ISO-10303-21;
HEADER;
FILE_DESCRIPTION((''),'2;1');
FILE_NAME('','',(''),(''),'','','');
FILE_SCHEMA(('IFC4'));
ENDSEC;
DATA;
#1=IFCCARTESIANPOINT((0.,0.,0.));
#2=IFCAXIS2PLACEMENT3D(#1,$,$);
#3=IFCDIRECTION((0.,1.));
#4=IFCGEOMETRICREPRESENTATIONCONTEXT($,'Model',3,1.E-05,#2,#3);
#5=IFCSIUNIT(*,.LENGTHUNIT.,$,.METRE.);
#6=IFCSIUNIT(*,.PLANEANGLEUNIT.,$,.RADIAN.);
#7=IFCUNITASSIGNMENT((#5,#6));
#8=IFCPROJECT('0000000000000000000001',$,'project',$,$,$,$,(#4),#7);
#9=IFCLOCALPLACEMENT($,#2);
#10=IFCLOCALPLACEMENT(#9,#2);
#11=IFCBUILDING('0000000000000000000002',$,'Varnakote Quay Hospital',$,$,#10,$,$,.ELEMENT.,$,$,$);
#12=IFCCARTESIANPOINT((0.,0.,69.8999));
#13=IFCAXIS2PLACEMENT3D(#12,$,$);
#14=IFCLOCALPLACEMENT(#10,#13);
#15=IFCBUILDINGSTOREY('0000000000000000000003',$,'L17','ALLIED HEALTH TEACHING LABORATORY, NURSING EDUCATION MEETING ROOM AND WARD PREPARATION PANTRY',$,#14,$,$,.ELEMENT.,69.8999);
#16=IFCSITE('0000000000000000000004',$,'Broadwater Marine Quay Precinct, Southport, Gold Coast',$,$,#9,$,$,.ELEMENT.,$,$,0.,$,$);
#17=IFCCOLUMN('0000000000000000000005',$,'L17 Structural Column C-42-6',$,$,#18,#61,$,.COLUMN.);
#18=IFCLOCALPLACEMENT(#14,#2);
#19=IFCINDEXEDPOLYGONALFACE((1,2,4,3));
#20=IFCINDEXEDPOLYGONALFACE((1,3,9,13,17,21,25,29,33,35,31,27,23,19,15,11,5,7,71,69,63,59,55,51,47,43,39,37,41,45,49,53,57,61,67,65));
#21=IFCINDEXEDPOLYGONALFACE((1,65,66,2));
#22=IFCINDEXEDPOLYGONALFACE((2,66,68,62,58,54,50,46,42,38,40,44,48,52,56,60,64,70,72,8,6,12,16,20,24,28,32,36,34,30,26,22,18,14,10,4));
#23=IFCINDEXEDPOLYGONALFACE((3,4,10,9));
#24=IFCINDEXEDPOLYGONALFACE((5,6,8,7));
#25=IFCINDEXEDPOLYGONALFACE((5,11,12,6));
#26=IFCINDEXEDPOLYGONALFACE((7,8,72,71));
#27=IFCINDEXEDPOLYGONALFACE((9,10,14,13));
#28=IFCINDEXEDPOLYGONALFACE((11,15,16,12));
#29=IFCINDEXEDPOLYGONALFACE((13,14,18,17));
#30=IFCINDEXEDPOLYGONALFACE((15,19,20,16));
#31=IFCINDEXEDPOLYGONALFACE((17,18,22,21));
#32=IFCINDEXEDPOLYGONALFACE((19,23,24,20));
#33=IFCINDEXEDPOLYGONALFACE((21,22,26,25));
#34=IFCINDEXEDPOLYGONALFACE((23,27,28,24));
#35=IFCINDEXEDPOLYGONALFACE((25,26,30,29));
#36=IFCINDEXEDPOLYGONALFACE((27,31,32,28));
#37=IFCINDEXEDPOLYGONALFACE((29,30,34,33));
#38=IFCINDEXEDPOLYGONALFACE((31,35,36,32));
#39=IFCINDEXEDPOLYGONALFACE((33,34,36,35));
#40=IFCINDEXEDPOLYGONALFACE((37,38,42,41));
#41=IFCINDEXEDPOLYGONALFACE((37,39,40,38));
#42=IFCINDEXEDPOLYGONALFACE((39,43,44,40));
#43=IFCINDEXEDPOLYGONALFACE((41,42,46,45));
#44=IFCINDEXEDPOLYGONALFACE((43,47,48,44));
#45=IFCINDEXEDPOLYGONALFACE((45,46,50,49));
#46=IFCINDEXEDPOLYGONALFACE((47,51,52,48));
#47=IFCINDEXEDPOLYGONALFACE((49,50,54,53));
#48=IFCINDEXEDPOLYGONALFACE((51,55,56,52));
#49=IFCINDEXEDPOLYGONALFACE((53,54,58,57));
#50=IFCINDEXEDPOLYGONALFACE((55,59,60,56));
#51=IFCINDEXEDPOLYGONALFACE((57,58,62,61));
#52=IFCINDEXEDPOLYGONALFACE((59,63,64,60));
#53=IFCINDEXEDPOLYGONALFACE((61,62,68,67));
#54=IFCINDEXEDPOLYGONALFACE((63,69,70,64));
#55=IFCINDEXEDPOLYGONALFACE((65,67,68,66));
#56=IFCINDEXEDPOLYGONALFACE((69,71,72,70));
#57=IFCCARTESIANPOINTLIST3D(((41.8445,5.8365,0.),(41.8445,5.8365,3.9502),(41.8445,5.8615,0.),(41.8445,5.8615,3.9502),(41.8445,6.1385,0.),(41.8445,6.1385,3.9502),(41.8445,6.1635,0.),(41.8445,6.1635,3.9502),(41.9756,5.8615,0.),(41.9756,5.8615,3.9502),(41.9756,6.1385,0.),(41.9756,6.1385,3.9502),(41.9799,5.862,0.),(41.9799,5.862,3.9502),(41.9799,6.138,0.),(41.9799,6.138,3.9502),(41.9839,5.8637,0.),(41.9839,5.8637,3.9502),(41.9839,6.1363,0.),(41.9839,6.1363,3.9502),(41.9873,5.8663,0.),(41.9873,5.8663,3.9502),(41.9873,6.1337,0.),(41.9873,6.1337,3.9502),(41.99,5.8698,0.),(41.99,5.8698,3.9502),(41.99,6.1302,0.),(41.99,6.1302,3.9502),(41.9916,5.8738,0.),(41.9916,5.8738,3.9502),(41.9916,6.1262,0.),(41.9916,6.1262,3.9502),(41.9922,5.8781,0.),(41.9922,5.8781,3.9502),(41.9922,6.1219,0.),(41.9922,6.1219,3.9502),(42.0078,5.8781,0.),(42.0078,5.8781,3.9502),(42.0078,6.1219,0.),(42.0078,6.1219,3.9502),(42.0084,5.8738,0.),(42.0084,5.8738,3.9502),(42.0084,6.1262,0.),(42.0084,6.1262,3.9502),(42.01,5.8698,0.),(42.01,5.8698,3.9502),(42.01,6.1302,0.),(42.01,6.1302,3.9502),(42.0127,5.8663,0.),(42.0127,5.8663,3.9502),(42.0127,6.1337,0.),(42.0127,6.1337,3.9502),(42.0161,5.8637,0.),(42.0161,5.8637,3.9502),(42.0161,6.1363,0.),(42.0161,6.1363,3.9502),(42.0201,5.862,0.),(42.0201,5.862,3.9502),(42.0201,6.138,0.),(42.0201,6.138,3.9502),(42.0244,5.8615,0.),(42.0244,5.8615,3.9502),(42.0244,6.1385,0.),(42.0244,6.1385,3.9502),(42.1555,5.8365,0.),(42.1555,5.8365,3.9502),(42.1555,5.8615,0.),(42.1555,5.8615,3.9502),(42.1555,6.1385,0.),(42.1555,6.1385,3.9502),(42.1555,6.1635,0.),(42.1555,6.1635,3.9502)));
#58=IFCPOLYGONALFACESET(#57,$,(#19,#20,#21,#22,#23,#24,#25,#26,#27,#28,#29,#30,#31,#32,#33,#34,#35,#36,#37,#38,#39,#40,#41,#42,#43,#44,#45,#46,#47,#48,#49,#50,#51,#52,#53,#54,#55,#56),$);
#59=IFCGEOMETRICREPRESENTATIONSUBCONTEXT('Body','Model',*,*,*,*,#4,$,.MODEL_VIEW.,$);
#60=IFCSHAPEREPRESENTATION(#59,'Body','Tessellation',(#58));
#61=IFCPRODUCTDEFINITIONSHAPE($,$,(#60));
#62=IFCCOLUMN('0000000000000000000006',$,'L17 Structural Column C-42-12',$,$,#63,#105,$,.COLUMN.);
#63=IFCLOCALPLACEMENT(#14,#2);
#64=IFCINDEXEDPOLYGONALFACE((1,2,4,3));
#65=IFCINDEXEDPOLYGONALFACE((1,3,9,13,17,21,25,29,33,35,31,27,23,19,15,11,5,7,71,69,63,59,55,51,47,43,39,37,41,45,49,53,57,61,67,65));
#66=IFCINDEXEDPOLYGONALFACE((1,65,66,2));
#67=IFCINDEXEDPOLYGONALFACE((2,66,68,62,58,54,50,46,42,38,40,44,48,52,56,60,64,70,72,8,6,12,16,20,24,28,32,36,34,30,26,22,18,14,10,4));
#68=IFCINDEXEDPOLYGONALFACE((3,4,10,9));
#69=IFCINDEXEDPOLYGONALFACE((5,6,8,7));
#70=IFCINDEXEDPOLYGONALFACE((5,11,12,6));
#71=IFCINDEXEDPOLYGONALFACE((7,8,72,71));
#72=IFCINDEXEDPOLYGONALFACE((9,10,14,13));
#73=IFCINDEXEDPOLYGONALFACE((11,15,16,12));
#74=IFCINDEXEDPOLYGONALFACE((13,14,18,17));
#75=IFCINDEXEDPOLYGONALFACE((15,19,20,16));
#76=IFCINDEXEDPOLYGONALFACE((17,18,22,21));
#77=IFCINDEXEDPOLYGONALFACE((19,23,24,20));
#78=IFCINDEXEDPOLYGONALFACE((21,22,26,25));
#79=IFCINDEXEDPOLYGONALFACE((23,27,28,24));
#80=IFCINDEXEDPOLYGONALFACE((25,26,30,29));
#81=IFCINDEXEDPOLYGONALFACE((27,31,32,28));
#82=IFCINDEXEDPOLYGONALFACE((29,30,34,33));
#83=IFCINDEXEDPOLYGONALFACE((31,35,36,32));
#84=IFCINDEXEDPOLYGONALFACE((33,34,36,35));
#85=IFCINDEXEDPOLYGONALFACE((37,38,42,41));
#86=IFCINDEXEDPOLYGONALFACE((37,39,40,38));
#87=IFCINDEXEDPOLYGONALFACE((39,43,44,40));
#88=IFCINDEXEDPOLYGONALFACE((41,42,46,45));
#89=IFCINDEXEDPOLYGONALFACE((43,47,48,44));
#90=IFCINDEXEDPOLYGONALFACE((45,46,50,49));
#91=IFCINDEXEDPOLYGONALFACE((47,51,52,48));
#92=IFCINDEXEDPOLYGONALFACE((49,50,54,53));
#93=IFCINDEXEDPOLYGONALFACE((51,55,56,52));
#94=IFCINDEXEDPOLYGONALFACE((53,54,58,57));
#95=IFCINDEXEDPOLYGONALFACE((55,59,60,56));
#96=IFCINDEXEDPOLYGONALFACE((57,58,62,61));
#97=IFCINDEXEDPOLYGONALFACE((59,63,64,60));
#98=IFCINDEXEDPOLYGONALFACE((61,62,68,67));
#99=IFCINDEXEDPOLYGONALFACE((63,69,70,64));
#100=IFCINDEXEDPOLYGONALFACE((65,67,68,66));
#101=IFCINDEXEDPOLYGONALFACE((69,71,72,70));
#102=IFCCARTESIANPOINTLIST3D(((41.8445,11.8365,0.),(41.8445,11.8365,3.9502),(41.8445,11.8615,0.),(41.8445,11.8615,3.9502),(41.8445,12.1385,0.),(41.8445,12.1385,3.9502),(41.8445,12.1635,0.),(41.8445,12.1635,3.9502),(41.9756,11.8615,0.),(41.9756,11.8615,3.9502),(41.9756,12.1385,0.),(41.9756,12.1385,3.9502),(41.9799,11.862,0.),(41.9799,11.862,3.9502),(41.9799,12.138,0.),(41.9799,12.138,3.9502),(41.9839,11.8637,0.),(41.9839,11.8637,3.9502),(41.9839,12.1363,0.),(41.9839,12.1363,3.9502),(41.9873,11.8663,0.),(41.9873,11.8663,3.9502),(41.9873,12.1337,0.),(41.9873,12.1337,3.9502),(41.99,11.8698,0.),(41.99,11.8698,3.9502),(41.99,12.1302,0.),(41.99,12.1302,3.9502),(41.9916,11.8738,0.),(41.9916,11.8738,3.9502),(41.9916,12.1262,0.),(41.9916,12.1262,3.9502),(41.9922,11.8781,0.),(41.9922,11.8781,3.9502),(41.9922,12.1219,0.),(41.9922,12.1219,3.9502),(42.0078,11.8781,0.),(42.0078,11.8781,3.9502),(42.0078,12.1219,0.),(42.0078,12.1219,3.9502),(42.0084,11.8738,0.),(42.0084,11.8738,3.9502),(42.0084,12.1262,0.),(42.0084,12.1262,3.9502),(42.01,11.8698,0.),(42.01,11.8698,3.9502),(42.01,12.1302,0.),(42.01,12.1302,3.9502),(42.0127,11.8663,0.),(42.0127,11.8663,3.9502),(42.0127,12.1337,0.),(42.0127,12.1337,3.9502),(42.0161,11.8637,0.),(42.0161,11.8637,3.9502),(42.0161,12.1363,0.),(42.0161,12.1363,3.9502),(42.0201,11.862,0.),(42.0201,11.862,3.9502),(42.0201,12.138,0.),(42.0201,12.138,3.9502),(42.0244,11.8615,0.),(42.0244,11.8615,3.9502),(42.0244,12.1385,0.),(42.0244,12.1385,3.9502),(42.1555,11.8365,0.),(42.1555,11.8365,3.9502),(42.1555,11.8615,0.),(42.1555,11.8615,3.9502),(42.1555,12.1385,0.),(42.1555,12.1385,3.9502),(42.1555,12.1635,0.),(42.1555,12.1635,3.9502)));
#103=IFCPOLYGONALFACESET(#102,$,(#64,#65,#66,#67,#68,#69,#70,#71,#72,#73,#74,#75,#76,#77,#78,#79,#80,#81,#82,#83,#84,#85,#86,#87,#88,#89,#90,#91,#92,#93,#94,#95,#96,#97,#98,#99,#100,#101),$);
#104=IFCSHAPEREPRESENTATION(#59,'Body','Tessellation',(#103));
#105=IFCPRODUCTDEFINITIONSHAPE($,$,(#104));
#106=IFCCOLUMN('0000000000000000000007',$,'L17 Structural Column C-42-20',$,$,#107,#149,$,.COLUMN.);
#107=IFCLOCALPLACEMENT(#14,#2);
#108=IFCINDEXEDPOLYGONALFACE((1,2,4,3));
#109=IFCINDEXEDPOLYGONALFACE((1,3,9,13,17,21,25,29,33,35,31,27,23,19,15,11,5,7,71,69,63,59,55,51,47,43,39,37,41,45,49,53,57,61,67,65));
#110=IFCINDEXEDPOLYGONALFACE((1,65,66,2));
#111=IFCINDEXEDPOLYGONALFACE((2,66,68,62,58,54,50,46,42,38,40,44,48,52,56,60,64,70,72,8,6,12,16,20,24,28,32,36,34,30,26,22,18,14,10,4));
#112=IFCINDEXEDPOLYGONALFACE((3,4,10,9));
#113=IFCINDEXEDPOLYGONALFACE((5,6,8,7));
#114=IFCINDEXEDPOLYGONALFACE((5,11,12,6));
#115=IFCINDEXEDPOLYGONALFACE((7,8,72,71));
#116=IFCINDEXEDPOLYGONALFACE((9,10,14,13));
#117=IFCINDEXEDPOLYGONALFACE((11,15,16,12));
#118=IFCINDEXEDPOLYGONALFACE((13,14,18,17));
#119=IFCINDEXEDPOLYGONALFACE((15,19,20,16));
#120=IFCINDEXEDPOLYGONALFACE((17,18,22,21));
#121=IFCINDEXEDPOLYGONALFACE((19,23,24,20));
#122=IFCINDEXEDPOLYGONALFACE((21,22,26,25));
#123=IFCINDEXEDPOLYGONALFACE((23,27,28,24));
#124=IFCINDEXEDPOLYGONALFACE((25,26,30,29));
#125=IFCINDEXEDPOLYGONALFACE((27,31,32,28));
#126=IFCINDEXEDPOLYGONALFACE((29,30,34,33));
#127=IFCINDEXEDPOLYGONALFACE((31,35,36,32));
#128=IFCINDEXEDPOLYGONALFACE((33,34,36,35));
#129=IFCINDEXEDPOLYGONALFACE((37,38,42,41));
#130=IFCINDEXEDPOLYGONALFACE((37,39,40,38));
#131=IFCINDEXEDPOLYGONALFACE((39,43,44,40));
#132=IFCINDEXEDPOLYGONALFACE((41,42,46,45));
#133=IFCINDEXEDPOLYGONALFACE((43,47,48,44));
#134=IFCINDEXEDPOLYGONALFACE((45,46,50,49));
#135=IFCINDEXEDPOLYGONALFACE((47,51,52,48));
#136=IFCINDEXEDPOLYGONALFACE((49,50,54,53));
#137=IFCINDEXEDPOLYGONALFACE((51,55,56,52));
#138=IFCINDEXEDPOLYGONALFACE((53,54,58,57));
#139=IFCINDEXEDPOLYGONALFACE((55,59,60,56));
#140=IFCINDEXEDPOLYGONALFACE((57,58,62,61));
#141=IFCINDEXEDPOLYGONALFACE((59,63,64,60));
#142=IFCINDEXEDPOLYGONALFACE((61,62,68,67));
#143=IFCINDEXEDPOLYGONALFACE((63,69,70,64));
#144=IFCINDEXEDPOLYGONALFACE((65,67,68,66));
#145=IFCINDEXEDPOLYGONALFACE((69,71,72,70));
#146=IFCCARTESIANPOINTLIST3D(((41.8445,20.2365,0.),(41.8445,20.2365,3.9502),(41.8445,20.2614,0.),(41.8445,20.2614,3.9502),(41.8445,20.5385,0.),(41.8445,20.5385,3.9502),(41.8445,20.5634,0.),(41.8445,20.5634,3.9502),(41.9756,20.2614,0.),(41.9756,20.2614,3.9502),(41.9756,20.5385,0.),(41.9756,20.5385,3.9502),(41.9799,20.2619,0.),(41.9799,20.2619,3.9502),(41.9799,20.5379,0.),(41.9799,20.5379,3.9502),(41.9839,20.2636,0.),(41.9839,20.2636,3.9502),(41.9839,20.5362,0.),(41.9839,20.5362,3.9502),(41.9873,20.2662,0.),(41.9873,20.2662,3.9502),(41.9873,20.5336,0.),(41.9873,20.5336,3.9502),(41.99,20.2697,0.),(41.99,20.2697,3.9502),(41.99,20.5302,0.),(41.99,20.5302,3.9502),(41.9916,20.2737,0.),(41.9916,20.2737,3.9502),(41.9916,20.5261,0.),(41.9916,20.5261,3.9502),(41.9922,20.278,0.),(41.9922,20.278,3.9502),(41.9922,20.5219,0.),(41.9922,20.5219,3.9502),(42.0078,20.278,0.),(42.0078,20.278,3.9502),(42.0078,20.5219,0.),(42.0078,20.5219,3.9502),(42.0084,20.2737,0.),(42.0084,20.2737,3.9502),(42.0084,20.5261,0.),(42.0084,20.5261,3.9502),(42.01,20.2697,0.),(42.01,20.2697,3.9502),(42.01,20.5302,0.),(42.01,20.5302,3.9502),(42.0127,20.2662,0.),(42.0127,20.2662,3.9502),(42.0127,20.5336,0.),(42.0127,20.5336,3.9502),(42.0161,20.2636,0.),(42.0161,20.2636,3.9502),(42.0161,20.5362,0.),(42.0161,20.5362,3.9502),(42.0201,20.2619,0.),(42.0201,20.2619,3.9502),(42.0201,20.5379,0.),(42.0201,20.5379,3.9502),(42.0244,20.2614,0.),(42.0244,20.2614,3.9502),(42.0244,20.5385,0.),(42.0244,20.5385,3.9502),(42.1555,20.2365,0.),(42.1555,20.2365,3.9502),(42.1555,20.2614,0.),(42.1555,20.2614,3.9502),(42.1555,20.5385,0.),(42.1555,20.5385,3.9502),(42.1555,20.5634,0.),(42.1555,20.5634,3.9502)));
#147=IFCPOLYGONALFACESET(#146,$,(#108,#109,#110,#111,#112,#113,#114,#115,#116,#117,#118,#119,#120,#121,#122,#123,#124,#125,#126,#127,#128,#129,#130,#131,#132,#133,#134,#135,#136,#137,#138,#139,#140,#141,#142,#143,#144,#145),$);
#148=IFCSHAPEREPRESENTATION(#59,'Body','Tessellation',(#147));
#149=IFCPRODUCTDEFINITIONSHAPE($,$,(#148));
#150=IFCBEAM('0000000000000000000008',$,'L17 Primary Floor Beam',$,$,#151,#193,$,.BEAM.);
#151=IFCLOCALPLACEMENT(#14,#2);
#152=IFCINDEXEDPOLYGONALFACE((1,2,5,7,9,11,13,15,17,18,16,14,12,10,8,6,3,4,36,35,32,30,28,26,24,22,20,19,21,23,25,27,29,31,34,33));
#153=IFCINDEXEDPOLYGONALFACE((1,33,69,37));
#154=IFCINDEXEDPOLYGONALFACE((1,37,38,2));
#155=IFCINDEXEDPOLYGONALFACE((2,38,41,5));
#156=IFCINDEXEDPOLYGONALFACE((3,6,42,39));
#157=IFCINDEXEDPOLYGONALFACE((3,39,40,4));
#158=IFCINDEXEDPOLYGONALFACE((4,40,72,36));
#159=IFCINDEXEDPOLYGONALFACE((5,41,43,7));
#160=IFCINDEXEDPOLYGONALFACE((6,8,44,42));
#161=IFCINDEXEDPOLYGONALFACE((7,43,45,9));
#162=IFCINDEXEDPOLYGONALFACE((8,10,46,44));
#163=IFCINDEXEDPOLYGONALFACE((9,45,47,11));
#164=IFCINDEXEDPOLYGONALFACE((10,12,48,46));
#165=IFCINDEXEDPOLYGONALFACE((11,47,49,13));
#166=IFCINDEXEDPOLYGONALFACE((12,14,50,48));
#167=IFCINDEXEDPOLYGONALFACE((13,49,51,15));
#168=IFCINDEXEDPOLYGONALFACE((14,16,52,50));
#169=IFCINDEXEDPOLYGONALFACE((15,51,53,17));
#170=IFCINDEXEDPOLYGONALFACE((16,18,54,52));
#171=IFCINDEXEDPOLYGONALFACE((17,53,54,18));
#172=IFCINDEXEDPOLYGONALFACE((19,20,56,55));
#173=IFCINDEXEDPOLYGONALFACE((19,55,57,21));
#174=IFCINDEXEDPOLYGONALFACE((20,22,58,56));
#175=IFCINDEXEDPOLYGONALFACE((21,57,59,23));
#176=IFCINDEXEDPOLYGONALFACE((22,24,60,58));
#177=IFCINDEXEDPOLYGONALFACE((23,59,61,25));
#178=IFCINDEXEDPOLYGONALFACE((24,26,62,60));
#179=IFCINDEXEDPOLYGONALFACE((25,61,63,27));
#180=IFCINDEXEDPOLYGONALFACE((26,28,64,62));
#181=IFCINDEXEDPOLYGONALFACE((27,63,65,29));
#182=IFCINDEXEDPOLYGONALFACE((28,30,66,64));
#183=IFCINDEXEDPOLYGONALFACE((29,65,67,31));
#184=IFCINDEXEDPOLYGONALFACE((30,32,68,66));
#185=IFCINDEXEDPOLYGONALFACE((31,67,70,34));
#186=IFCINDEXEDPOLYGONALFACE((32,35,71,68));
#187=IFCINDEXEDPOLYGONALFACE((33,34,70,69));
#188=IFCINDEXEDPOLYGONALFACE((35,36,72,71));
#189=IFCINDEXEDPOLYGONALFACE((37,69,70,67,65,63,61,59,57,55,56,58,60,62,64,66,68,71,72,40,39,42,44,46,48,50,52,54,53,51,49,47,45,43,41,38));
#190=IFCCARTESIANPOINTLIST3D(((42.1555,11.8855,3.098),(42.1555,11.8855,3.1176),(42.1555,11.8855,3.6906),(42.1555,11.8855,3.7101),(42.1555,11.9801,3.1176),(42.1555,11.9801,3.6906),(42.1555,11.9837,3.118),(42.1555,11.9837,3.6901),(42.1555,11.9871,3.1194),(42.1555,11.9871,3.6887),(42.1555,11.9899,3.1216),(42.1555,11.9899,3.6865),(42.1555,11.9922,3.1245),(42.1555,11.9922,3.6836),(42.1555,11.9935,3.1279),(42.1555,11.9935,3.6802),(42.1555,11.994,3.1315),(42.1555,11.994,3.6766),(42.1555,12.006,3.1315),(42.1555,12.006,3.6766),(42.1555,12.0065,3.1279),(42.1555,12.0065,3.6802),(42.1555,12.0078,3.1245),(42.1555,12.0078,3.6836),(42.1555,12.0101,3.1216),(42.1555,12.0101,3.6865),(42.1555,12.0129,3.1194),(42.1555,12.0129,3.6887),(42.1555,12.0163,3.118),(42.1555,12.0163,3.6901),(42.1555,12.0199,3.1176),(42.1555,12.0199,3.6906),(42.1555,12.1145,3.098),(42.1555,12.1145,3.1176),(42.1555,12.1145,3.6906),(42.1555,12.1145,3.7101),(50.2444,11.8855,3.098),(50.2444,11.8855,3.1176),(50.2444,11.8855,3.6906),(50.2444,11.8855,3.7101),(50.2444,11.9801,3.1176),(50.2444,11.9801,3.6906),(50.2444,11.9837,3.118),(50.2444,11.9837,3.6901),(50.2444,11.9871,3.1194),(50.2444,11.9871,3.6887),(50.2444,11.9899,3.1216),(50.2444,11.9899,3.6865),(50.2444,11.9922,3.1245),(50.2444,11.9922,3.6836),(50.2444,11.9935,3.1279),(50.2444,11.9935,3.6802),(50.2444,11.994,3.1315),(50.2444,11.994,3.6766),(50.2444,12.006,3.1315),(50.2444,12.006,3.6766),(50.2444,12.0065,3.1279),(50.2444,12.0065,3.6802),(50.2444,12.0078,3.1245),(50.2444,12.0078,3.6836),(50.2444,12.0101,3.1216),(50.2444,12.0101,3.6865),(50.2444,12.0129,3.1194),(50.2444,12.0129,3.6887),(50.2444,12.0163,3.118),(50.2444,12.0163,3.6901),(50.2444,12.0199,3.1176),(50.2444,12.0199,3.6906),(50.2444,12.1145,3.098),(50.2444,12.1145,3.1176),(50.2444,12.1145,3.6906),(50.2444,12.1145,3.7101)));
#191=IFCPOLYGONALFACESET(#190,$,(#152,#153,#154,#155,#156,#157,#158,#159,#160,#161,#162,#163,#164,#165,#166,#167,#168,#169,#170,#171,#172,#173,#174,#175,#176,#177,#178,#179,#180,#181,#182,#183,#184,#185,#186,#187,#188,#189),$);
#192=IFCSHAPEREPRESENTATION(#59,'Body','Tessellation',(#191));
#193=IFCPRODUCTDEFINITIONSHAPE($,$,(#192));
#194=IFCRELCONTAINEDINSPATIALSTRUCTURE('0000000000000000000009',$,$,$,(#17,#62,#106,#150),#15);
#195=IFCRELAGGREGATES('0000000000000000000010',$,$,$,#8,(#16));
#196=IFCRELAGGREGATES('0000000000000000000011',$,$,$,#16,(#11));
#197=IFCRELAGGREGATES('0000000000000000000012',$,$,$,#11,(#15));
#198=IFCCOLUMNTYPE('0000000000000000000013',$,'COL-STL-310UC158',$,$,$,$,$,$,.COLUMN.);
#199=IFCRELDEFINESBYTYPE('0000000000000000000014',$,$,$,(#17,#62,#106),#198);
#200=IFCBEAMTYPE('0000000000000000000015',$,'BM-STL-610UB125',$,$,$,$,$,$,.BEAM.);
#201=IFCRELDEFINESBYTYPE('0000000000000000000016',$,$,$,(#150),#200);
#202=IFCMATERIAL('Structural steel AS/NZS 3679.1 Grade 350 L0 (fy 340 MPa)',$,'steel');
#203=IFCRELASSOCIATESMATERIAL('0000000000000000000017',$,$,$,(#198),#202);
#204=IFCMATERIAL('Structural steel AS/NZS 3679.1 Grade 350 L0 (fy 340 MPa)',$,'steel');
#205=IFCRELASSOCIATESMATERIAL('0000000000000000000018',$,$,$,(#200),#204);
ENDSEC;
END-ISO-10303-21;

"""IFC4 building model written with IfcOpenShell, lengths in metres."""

from ifc_helpers import new_model, si_unit, direction, frame, origin, origin_2d, place, context, subcontext, project, spatial, i_section, extrude, material, material_profile, profile_set, type_object, element, save


model = new_model("IFC4")

# Units and contexts
model_context = context("Model", 3, precision=1e-05, world=origin(), true_north=direction((0.0, 1.0)))
body_context = subcontext(model_context, "Body", "Model", "MODEL_VIEW")
ifc_project = project(units=[si_unit("LENGTHUNIT", "METRE"), si_unit("PLANEANGLEUNIT", "RADIAN")], contexts=[model_context])

# Site, building, storey
site_placement = place(None, origin())
site = spatial("IfcSite", under=ifc_project, at=site_placement, Name="Broadwater Marine Quay Precinct, Southport, Gold Coast", CompositionType="ELEMENT", RefElevation=0.0)
building_placement = place(site_placement, origin())
building = spatial("IfcBuilding", under=site, at=building_placement, Name="Varnakote Quay Hospital", CompositionType="ELEMENT")
storey_placement = place(building_placement, frame((0.0, 0.0, 69.8999)))
storey = spatial("IfcBuildingStorey", under=building, at=storey_placement, Name="L17", Description="ALLIED HEALTH TEACHING LABORATORY, NURSING EDUCATION MEETING ROOM AND WARD PREPARATION PANTRY", CompositionType="ELEMENT", Elevation=69.8999)

# Columns
ifc_material_1 = material(Name="Structural steel AS/NZS 3679.1 Grade 350 L0 (fy 340 MPa)", Category="steel")
ifc_material_profile_1 = material_profile(ifc_material_1, i_section(OverallWidth=0.311, OverallDepth=0.3269, WebThickness=0.0156, FlangeThickness=0.0249, FilletRadius=0.0166, at=origin_2d()), Name="310UC158")
ifc_profile_set_1 = profile_set([ifc_material_profile_1], Name="Structural steel AS/NZS 3679.1 Grade 350 L0 (fy 340 MPa)")
column_type = type_object("IfcColumnType", Name="COL-STL-310UC158", PredefinedType="COLUMN", material=ifc_profile_set_1)
for number, where, z_axis, x_axis, name in (
    (1, (42.0, 6.0, 0.0), (0.0, 0.0, 1.0), (1.0, 0.0, 0.0), "L17 Structural Column C-42-6"),
    (2, (42.0, 12.0, 0.0), (0.0, 0.0, 1.0), (1.0, 0.0, 0.0), "L17 Structural Column C-42-12"),
    (3, (42.0, 20.3999, 0.0), (0.0, 0.0, 1.0), (1.0, 0.0, 0.0), "L17 Structural Column C-42-20"),
):
    element("IfcColumn", number, at=place(storey_placement, frame(where, z_axis=z_axis, x_axis=x_axis)), inside=storey, type_object=column_type, Name=name, PredefinedType="COLUMN", context=body_context, shape_type="SweptSolid", body=[
        extrude(i_section(OverallWidth=0.311, OverallDepth=0.3269, WebThickness=0.0156, FlangeThickness=0.0249, FilletRadius=0.0166, at=origin_2d()), origin(), (0.0, 0.0, 1.0), 3.9502),
    ])

# Beam
ifc_material_2 = material(Name="Structural steel AS/NZS 3679.1 Grade 350 L0 (fy 340 MPa)", Category="steel")
ifc_material_profile_2 = material_profile(ifc_material_2, i_section(OverallWidth=0.229, OverallDepth=0.6121, WebThickness=0.012, FlangeThickness=0.0195, FilletRadius=0.0139, at=origin_2d()), Name="610UB125")
ifc_profile_set_2 = profile_set([ifc_material_profile_2], Name="Structural steel AS/NZS 3679.1 Grade 350 L0 (fy 340 MPa)")
beam_type_1 = type_object("IfcBeamType", Name="BM-STL-610UB125", PredefinedType="BEAM", material=ifc_profile_set_2)
beam_1_placement = place(storey_placement, frame((42.1555, 12.0, 3.4041), z_axis=(1.0, 0.0, 0.0), x_axis=(0.0, 1.0, 0.0)))
element("IfcBeam", 4, at=beam_1_placement, inside=storey, type_object=beam_type_1, Name="L17 Primary Floor Beam", PredefinedType="BEAM", context=body_context, shape_type="SweptSolid", body=[
    extrude(i_section(OverallWidth=0.229, OverallDepth=0.6121, WebThickness=0.012, FlangeThickness=0.0195, FilletRadius=0.0139, at=origin_2d()), origin(), (0.0, 0.0, 1.0), 8.0889),
])

save(model, "model.ifc")
